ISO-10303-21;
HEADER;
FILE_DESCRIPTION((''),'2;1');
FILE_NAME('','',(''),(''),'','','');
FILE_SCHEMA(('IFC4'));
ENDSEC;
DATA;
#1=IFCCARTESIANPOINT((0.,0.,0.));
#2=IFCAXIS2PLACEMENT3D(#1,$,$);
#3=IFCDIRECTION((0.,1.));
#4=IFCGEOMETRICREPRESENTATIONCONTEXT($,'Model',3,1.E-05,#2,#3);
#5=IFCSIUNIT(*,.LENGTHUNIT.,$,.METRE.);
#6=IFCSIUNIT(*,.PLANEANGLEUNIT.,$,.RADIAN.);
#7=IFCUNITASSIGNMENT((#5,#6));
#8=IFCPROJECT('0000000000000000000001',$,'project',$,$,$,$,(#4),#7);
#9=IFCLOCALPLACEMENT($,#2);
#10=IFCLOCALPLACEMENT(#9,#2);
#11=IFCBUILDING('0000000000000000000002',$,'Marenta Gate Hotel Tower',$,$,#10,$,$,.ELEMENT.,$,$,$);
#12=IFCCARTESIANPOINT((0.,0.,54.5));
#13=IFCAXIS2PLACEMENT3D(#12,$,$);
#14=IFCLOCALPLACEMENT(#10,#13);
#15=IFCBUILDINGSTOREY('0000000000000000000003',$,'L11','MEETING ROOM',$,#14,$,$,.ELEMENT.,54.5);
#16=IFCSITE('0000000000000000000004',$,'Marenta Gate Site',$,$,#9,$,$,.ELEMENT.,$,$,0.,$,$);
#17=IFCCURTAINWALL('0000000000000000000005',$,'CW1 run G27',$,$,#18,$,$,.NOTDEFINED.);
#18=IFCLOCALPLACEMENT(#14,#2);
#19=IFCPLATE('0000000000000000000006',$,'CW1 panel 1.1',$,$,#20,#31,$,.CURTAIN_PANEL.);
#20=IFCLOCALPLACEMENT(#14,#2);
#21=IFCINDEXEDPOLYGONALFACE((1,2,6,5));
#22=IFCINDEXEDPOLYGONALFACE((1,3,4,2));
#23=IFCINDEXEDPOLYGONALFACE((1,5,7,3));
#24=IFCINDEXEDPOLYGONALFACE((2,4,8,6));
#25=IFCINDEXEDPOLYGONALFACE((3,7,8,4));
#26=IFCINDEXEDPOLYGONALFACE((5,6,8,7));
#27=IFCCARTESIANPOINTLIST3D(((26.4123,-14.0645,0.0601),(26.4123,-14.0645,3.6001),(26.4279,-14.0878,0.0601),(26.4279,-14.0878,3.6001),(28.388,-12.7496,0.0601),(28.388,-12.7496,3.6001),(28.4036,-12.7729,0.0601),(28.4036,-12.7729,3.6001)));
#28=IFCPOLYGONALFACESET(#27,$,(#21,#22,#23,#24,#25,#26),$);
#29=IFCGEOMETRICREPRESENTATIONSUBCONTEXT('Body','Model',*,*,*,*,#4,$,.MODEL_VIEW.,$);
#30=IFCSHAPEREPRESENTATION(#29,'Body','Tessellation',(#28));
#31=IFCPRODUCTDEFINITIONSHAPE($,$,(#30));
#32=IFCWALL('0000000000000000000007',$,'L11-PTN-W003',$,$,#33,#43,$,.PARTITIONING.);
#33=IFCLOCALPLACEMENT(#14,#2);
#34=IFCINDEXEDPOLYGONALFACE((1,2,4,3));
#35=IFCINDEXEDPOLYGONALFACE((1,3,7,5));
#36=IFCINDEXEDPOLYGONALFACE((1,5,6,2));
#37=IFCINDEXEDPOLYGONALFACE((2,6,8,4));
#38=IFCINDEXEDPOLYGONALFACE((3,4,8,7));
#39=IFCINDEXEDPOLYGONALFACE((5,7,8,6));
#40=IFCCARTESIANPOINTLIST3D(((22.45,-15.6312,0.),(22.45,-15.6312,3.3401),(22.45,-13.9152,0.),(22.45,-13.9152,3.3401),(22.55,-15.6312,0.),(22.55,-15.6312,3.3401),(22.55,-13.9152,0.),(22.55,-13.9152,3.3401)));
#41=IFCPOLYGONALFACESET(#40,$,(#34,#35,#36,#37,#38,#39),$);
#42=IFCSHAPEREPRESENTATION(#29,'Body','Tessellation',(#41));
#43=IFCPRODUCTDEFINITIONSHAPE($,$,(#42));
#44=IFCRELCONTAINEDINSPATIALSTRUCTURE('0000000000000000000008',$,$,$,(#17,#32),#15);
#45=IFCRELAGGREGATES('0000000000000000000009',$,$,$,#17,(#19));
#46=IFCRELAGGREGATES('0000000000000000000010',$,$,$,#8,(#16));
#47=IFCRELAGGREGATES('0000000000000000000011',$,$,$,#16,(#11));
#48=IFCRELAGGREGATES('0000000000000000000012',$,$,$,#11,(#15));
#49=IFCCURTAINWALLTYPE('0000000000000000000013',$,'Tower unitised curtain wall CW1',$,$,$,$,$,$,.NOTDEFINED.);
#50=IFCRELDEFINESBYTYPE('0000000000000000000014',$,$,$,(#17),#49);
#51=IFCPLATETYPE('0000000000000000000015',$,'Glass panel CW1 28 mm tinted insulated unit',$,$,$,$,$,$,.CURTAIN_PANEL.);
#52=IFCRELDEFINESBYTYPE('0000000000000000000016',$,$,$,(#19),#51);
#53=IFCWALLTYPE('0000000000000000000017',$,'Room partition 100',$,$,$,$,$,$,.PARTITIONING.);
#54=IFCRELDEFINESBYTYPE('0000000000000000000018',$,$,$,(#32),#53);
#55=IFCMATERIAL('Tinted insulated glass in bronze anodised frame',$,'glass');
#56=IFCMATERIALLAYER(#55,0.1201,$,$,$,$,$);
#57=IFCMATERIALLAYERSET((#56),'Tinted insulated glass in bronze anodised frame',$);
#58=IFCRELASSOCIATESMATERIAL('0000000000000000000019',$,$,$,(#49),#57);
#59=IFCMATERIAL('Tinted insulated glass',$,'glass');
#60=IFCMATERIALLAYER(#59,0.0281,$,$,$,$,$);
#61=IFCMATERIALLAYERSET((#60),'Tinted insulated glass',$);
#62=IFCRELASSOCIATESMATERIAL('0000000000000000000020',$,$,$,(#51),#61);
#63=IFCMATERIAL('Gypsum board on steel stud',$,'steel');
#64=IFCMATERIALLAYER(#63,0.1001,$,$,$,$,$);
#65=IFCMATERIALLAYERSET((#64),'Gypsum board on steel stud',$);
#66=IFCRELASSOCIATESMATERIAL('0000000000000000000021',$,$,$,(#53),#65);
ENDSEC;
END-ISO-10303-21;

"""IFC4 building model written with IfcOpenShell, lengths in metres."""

from ifc_helpers import new_model, si_unit, direction, frame, frame_2d, origin, origin_2d, place, context, subcontext, project, spatial, rectangle, extrude, material, layer, layer_set, type_object, element, aggregate, save


model = new_model("IFC4")

# Units and contexts
model_context = context("Model", 3, precision=1e-05, world=origin(), true_north=direction((0.0, 1.0)))
body_context = subcontext(model_context, "Body", "Model", "MODEL_VIEW")
ifc_project = project(units=[si_unit("LENGTHUNIT", "METRE"), si_unit("PLANEANGLEUNIT", "RADIAN")], contexts=[model_context])

# Site, building, storey
site_placement = place(None, origin())
site = spatial("IfcSite", under=ifc_project, at=site_placement, Name="Marenta Gate Site", CompositionType="ELEMENT", RefElevation=0.0)
building_placement = place(site_placement, origin())
building = spatial("IfcBuilding", under=site, at=building_placement, Name="Marenta Gate Hotel Tower", CompositionType="ELEMENT")
storey_placement = place(building_placement, frame((0.0, 0.0, 54.5)))
storey = spatial("IfcBuildingStorey", under=building, at=storey_placement, Name="L11", Description="MEETING ROOM", CompositionType="ELEMENT", Elevation=54.5)

# Curtain wall
ifc_material_1 = material(Name="Tinted insulated glass in bronze anodised frame", Category="glass")
ifc_layer_1 = layer(ifc_material_1, 0.1201)
ifc_layer_set_1 = layer_set([ifc_layer_1], Name="Tinted insulated glass in bronze anodised frame")
curtain_wall_type = type_object("IfcCurtainWallType", Name="Tower unitised curtain wall CW1", PredefinedType="NOTDEFINED", material=ifc_layer_set_1)
curtain_wall_1_placement = place(storey_placement, origin())
curtain_wall_1 = element("IfcCurtainWall", 1, at=curtain_wall_1_placement, inside=storey, type_object=curtain_wall_type, Name="CW1 run G27", PredefinedType="NOTDEFINED")

# Shared definitions
ifc_material_2 = material(Name="Tinted insulated glass", Category="glass")
ifc_layer_2 = layer(ifc_material_2, 0.0281)
ifc_layer_set_2 = layer_set([ifc_layer_2], Name="Tinted insulated glass")
plate_type = type_object("IfcPlateType", Name="Glass panel CW1 28 mm tinted insulated unit", PredefinedType="CURTAIN_PANEL", material=ifc_layer_set_2)

# Plate
plate_1_placement = place(storey_placement, frame((27.408, -13.4187, 0.0601), z_axis=(0.0, 0.0, 1.0), x_axis=(0.832486, 0.554046, 0.0)))
plate_1 = element("IfcPlate", 2, at=plate_1_placement, type_object=plate_type, Name="CW1 panel 1.1", PredefinedType="CURTAIN_PANEL", context=body_context, shape_type="SweptSolid", body=[
    extrude(rectangle(XDim=2.3733, YDim=0.0281, at=origin_2d()), origin(), (0.0, 0.0, 1.0), 3.54),
])
aggregate(curtain_wall_1, [plate_1])

# Wall
ifc_material_3 = material(Name="Gypsum board on steel stud", Category="steel")
ifc_layer_3 = layer(ifc_material_3, 0.1001)
ifc_layer_set_3 = layer_set([ifc_layer_3], Name="Gypsum board on steel stud")
wall_type = type_object("IfcWallType", Name="Room partition 100", PredefinedType="PARTITIONING", material=ifc_layer_set_3)
wall_placement = place(storey_placement, frame((22.5, -15.6311, 0.0), z_axis=(0.0, 0.0, 1.0), x_axis=(0.0, 1.0, 0.0)))
element("IfcWall", 3, at=wall_placement, inside=storey, type_object=wall_type, Name="L11-PTN-W003", PredefinedType="PARTITIONING", context=body_context, shape_type="SweptSolid", body=[
    extrude(rectangle(XDim=1.7161, YDim=0.1001, at=frame_2d((0.8579, 0.0))), origin(), (0.0, 0.0, 1.0), 3.3401),
])

save(model, "model.ifc")
